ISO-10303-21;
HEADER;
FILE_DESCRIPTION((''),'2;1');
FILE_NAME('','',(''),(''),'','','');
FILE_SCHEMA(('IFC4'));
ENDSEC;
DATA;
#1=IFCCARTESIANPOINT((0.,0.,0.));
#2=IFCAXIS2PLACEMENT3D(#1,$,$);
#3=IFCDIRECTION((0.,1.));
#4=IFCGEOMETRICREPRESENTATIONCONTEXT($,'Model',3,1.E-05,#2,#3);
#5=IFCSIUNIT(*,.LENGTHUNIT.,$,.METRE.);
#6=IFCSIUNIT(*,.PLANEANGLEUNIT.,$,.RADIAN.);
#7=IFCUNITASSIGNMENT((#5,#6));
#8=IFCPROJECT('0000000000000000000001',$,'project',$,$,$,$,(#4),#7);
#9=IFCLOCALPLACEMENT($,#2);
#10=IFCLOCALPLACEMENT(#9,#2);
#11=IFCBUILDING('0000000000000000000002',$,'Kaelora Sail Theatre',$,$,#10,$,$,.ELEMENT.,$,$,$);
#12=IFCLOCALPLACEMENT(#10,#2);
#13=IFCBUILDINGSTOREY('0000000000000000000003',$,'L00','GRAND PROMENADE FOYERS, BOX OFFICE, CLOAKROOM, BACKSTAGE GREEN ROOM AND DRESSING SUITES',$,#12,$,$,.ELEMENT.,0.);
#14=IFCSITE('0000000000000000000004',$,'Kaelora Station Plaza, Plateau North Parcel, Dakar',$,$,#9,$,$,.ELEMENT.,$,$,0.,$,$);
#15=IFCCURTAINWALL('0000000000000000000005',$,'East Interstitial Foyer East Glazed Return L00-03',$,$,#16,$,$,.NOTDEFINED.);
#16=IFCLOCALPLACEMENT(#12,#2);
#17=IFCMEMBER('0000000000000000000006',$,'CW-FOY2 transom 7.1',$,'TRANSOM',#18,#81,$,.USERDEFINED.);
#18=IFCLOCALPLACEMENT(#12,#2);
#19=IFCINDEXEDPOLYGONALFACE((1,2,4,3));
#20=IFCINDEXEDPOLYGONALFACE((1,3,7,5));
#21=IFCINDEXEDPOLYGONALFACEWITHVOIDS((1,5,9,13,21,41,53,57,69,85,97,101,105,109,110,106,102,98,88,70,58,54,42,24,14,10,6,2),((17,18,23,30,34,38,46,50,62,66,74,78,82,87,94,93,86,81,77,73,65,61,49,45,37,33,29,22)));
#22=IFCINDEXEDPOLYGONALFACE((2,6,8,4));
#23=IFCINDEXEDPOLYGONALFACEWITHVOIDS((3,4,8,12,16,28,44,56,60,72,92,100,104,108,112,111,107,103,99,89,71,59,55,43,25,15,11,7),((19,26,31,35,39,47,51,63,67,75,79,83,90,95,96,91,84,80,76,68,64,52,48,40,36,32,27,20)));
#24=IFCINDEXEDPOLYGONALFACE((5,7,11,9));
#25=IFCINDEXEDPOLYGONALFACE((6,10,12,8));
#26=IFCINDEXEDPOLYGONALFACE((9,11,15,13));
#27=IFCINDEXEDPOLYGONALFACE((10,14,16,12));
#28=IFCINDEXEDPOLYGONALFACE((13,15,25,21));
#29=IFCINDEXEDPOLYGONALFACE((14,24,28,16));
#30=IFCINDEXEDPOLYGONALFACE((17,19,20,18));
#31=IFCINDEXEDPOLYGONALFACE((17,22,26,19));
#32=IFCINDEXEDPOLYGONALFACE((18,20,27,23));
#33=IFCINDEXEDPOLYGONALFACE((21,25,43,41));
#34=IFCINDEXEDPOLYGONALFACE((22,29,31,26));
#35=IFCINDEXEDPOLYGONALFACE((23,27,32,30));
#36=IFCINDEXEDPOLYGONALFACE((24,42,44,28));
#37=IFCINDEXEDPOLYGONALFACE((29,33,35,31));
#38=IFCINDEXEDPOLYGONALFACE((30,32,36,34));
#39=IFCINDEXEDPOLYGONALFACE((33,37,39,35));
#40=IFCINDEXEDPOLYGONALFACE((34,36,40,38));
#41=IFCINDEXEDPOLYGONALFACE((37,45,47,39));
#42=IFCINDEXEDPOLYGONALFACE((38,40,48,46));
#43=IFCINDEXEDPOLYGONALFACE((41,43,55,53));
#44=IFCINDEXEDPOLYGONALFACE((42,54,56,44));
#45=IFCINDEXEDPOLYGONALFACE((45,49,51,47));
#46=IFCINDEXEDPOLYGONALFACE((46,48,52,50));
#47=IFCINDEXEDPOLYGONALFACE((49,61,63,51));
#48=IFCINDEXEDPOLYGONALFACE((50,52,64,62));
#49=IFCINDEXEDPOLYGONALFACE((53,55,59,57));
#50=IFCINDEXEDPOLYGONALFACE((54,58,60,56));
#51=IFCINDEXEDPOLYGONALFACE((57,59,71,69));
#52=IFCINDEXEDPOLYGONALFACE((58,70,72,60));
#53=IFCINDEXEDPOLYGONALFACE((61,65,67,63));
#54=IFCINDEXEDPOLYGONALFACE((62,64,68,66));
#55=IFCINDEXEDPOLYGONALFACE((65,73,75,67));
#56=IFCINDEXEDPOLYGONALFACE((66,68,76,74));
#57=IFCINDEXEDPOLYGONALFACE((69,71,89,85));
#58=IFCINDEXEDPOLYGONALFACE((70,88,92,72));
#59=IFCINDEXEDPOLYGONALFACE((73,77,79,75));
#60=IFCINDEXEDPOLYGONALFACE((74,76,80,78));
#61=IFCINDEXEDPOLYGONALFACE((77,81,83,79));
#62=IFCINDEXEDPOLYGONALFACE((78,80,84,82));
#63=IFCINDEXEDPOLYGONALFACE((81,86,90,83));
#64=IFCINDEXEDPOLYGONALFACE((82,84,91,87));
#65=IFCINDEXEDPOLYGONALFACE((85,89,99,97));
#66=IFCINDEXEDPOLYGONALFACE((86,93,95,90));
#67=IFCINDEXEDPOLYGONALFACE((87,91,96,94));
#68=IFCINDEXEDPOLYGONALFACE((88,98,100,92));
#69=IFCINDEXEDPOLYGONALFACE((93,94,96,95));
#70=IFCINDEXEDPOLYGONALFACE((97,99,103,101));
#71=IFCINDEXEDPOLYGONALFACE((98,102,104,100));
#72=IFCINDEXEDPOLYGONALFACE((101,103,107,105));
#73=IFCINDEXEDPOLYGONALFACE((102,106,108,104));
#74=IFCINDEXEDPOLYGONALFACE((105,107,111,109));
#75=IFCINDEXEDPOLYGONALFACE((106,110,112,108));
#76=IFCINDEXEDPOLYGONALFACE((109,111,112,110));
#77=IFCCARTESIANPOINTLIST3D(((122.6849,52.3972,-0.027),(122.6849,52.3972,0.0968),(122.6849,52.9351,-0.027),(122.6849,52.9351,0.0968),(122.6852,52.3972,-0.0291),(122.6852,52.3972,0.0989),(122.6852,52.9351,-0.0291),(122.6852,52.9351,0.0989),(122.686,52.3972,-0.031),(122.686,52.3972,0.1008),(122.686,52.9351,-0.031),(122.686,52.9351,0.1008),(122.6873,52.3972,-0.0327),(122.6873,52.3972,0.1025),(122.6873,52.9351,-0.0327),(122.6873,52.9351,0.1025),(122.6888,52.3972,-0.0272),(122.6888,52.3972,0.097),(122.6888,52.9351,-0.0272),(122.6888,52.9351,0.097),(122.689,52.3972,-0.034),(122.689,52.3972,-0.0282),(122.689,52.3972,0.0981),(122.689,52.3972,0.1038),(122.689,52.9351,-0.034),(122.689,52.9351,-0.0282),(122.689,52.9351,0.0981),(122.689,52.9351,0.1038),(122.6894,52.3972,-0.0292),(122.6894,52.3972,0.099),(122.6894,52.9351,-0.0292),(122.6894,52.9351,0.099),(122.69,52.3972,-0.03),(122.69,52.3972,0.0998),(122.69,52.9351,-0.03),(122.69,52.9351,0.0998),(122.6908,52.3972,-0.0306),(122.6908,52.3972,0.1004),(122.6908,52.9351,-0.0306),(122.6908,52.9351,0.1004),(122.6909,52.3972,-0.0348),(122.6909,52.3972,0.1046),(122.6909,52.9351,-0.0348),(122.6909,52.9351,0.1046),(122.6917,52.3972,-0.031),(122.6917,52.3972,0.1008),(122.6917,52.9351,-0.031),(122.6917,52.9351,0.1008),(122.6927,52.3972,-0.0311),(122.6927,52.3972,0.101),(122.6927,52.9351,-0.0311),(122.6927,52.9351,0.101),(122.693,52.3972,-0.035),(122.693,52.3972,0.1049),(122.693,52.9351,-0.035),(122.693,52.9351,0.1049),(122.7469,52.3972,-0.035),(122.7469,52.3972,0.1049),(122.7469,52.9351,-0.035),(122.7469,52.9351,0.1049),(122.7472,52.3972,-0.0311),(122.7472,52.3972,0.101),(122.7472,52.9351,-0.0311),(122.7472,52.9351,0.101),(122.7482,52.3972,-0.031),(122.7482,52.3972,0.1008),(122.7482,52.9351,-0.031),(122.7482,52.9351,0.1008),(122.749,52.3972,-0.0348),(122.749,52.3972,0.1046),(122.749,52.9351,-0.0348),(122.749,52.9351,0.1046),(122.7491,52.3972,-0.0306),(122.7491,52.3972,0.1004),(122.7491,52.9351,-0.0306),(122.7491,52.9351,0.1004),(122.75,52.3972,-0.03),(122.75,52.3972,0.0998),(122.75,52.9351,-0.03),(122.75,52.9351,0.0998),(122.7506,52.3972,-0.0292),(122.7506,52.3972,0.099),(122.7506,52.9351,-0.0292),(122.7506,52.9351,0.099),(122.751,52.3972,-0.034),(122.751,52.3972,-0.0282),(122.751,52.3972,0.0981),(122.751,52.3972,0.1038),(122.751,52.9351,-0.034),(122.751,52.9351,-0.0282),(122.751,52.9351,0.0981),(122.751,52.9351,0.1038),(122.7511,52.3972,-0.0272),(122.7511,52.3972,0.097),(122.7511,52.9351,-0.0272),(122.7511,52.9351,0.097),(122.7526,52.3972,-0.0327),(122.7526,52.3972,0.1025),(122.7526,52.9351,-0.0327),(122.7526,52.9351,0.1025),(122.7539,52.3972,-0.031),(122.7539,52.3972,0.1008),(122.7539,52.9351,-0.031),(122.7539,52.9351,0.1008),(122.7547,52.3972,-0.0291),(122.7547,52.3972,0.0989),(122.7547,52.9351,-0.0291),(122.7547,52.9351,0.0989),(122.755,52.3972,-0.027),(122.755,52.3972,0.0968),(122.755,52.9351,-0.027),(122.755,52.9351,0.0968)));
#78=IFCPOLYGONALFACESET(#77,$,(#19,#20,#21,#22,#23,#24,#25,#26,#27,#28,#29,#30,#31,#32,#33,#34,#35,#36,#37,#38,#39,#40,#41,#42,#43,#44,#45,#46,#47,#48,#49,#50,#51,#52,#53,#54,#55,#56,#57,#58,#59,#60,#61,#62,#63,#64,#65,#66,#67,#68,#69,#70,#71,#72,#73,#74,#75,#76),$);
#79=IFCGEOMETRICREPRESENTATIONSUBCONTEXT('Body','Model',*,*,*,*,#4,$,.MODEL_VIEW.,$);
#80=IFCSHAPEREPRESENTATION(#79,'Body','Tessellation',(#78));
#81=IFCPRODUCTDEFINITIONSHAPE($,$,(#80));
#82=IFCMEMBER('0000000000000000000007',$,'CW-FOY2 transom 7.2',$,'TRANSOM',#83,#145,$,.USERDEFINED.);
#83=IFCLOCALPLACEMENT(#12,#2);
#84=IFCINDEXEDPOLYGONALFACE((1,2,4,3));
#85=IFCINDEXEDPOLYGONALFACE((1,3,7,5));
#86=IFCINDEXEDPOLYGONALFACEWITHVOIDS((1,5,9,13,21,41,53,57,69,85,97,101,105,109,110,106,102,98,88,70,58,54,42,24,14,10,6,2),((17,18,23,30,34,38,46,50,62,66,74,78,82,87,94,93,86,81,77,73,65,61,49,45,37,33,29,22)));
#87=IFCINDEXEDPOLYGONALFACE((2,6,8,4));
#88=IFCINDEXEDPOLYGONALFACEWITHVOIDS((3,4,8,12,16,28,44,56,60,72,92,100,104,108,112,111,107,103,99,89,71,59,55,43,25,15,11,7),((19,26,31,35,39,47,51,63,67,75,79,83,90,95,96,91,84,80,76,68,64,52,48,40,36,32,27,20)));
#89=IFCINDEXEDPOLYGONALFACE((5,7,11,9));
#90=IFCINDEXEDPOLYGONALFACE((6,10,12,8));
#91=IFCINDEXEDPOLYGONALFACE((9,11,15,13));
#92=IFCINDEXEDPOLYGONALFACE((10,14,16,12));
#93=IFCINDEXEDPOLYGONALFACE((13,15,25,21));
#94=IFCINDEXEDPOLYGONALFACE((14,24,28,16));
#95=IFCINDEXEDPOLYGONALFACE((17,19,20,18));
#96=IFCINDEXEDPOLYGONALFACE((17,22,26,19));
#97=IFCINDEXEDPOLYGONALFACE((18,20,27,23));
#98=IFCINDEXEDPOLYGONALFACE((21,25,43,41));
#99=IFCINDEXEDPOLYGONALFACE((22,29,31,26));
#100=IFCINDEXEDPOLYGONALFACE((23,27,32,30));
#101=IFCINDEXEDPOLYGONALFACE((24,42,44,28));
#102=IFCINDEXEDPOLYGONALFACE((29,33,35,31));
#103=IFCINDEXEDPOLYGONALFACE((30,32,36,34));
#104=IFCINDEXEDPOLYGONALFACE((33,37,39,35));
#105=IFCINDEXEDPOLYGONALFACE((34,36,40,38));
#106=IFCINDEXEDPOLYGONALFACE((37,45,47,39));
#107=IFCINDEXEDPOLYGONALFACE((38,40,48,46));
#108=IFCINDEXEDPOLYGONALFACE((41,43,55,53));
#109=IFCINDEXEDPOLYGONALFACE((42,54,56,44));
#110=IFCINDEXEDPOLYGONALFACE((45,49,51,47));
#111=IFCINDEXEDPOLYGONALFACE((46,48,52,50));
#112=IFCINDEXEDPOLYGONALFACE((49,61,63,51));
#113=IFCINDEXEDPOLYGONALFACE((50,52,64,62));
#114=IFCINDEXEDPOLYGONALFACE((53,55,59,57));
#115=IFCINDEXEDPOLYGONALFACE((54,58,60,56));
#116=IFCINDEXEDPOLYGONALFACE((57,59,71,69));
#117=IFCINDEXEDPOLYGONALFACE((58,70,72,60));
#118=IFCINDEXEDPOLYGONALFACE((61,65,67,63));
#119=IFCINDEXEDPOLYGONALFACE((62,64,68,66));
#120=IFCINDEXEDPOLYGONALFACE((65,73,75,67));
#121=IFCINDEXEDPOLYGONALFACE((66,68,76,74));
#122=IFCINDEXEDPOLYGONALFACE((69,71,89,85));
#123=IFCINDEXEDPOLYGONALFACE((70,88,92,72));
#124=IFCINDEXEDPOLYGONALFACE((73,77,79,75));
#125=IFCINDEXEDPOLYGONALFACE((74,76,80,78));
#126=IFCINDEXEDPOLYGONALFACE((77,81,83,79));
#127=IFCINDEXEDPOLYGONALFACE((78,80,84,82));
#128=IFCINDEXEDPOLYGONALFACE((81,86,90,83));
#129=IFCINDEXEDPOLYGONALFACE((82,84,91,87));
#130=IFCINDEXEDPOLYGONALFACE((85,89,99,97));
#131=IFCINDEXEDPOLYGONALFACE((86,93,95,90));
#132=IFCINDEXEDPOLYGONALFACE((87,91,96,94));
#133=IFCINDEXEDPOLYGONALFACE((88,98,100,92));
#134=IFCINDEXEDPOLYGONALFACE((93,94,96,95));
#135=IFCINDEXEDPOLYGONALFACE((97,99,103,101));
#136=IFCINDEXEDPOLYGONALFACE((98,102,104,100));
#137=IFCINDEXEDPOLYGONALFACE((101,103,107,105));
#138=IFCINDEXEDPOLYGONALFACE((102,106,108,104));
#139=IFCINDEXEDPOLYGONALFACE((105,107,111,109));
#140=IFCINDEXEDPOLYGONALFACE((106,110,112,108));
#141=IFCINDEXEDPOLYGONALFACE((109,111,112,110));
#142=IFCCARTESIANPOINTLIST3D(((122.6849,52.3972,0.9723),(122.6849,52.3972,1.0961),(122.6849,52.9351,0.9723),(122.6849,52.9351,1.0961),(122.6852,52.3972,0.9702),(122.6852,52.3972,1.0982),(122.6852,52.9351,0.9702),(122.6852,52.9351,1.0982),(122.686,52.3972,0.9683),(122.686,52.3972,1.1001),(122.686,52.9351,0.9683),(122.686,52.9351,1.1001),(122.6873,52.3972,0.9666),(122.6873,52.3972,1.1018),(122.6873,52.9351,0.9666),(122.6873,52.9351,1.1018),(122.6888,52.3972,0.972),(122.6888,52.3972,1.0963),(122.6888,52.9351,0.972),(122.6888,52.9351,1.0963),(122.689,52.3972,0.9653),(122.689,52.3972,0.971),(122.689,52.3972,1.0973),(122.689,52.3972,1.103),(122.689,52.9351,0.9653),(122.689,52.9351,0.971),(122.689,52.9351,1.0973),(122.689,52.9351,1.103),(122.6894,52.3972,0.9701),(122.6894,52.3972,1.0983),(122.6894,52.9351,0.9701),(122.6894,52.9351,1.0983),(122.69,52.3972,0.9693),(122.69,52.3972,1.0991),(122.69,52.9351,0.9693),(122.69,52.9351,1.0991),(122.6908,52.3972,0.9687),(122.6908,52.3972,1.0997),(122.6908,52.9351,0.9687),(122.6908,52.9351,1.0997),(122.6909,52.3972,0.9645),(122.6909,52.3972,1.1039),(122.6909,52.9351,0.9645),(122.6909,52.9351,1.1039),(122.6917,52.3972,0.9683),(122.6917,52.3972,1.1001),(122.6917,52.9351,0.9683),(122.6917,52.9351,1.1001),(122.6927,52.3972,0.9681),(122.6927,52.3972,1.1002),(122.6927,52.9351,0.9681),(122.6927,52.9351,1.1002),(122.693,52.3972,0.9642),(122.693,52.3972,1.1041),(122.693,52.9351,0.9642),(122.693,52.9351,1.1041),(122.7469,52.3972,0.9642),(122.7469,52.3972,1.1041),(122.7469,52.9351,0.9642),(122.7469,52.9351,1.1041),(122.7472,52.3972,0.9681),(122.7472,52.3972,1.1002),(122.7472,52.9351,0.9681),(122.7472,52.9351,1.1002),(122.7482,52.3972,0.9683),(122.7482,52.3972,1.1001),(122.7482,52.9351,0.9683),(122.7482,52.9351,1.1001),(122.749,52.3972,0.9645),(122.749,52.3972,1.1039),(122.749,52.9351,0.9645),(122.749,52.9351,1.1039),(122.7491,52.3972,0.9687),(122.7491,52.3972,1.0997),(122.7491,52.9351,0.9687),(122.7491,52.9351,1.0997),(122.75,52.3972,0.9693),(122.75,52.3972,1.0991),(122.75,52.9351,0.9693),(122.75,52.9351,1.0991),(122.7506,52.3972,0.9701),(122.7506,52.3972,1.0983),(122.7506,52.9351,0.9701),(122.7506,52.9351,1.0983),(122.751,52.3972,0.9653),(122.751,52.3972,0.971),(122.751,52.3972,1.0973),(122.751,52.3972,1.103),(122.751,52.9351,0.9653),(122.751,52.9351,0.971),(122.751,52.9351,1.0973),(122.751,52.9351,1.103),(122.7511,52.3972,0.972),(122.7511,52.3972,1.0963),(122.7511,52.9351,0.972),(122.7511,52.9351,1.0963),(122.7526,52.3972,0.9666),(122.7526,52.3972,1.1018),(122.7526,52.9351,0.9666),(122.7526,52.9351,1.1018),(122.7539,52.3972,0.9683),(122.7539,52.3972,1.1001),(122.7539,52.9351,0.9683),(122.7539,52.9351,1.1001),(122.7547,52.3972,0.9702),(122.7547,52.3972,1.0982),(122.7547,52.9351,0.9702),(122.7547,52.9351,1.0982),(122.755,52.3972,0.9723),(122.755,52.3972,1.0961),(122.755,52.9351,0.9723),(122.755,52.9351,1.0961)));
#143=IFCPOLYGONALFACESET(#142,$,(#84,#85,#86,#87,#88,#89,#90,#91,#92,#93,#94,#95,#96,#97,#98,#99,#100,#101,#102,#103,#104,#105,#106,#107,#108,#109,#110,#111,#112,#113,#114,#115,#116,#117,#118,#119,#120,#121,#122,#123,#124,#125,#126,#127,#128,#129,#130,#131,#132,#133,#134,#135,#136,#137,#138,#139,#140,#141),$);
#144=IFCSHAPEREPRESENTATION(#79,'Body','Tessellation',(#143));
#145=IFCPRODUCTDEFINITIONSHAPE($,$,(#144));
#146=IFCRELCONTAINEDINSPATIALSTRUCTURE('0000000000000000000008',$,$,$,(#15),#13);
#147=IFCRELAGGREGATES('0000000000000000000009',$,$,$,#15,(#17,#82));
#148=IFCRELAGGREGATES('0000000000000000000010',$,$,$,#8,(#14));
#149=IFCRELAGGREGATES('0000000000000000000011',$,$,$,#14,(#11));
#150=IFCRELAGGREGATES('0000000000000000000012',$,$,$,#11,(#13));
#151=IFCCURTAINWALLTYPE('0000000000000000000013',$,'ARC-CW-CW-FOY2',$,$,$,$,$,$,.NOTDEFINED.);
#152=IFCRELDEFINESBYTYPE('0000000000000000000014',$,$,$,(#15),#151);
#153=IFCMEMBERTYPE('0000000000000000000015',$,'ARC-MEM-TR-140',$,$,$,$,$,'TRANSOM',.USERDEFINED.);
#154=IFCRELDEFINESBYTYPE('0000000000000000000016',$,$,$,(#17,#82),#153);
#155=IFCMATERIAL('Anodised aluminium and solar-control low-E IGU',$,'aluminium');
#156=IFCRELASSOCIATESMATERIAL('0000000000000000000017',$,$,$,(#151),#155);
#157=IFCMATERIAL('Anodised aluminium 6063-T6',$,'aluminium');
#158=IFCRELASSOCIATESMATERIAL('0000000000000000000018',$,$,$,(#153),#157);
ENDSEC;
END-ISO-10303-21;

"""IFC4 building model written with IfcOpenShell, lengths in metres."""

from ifc_helpers import new_model, si_unit, direction, frame, origin, origin_2d, place, context, subcontext, project, spatial, hollow_rectangle, extrude, material, material_profile, profile_set, type_object, element, aggregate, save


model = new_model("IFC4")

# Units and contexts
model_context = context("Model", 3, precision=1e-05, world=origin(), true_north=direction((0.0, 1.0)))
body_context = subcontext(model_context, "Body", "Model", "MODEL_VIEW")
ifc_project = project(units=[si_unit("LENGTHUNIT", "METRE"), si_unit("PLANEANGLEUNIT", "RADIAN")], contexts=[model_context])

# Site, building, storey
site_placement = place(None, origin())
site = spatial("IfcSite", under=ifc_project, at=site_placement, Name="Kaelora Station Plaza, Plateau North Parcel, Dakar", CompositionType="ELEMENT", RefElevation=0.0)
building_placement = place(site_placement, origin())
building = spatial("IfcBuilding", under=site, at=building_placement, Name="Kaelora Sail Theatre", CompositionType="ELEMENT")
storey_placement = place(building_placement, origin())
storey = spatial("IfcBuildingStorey", under=building, at=storey_placement, Name="L00", Description="GRAND PROMENADE FOYERS, BOX OFFICE, CLOAKROOM, BACKSTAGE GREEN ROOM AND DRESSING SUITES", CompositionType="ELEMENT", Elevation=0.0)

# Curtain wall, members
ifc_material_1 = material(Name="Anodised aluminium and solar-control low-E IGU", Category="aluminium")
curtain_wall_type = type_object("IfcCurtainWallType", Name="ARC-CW-CW-FOY2", PredefinedType="NOTDEFINED", material=ifc_material_1)
curtain_wall_placement = place(storey_placement, origin())
curtain_wall = element("IfcCurtainWall", 1, at=curtain_wall_placement, inside=storey, type_object=curtain_wall_type, Name="East Interstitial Foyer East Glazed Return L00-03", PredefinedType="NOTDEFINED")
ifc_material_2 = material(Name="Anodised aluminium 6063-T6", Category="aluminium")
ifc_material_profile_1 = material_profile(ifc_material_2, hollow_rectangle(XDim=0.0701, YDim=0.1399, WallThickness=0.0039, InnerFilletRadius=0.0039, OuterFilletRadius=0.0081, at=origin_2d()), Name="ALU-TRAN 70x140x4")
ifc_profile_set_1 = profile_set([ifc_material_profile_1], Name="Anodised aluminium 6063-T6")
member_type_1 = type_object("IfcMemberType", Name="ARC-MEM-TR-140", ElementType="TRANSOM", PredefinedType="USERDEFINED", material=ifc_profile_set_1)
member_1_placement = place(storey_placement, frame((122.72, 52.3972, 0.0349), z_axis=(0.0, 1.0, 0.0), x_axis=(-1.0, 0.0, 0.0)))
member_1 = element("IfcMember", 2, at=member_1_placement, type_object=member_type_1, Name="CW-FOY2 transom 7.1", ObjectType="TRANSOM", PredefinedType="USERDEFINED", context=body_context, shape_type="SweptSolid", body=[
    extrude(hollow_rectangle(XDim=0.0701, YDim=0.1399, WallThickness=0.0039, InnerFilletRadius=0.0039, OuterFilletRadius=0.0081, at=origin_2d()), origin(), (0.0, 0.0, 1.0), 0.5378),
])
member_2_placement = place(storey_placement, frame((122.72, 52.3972, 1.0342), z_axis=(0.0, 1.0, 0.0), x_axis=(-1.0, 0.0, 0.0)))
member_2 = element("IfcMember", 3, at=member_2_placement, type_object=member_type_1, Name="CW-FOY2 transom 7.2", ObjectType="TRANSOM", PredefinedType="USERDEFINED", context=body_context, shape_type="SweptSolid", body=[
    extrude(hollow_rectangle(XDim=0.0701, YDim=0.1399, WallThickness=0.0039, InnerFilletRadius=0.0039, OuterFilletRadius=0.0081, at=origin_2d()), origin(), (0.0, 0.0, 1.0), 0.5378),
])
aggregate(curtain_wall, [member_1, member_2])

save(model, "model.ifc")
